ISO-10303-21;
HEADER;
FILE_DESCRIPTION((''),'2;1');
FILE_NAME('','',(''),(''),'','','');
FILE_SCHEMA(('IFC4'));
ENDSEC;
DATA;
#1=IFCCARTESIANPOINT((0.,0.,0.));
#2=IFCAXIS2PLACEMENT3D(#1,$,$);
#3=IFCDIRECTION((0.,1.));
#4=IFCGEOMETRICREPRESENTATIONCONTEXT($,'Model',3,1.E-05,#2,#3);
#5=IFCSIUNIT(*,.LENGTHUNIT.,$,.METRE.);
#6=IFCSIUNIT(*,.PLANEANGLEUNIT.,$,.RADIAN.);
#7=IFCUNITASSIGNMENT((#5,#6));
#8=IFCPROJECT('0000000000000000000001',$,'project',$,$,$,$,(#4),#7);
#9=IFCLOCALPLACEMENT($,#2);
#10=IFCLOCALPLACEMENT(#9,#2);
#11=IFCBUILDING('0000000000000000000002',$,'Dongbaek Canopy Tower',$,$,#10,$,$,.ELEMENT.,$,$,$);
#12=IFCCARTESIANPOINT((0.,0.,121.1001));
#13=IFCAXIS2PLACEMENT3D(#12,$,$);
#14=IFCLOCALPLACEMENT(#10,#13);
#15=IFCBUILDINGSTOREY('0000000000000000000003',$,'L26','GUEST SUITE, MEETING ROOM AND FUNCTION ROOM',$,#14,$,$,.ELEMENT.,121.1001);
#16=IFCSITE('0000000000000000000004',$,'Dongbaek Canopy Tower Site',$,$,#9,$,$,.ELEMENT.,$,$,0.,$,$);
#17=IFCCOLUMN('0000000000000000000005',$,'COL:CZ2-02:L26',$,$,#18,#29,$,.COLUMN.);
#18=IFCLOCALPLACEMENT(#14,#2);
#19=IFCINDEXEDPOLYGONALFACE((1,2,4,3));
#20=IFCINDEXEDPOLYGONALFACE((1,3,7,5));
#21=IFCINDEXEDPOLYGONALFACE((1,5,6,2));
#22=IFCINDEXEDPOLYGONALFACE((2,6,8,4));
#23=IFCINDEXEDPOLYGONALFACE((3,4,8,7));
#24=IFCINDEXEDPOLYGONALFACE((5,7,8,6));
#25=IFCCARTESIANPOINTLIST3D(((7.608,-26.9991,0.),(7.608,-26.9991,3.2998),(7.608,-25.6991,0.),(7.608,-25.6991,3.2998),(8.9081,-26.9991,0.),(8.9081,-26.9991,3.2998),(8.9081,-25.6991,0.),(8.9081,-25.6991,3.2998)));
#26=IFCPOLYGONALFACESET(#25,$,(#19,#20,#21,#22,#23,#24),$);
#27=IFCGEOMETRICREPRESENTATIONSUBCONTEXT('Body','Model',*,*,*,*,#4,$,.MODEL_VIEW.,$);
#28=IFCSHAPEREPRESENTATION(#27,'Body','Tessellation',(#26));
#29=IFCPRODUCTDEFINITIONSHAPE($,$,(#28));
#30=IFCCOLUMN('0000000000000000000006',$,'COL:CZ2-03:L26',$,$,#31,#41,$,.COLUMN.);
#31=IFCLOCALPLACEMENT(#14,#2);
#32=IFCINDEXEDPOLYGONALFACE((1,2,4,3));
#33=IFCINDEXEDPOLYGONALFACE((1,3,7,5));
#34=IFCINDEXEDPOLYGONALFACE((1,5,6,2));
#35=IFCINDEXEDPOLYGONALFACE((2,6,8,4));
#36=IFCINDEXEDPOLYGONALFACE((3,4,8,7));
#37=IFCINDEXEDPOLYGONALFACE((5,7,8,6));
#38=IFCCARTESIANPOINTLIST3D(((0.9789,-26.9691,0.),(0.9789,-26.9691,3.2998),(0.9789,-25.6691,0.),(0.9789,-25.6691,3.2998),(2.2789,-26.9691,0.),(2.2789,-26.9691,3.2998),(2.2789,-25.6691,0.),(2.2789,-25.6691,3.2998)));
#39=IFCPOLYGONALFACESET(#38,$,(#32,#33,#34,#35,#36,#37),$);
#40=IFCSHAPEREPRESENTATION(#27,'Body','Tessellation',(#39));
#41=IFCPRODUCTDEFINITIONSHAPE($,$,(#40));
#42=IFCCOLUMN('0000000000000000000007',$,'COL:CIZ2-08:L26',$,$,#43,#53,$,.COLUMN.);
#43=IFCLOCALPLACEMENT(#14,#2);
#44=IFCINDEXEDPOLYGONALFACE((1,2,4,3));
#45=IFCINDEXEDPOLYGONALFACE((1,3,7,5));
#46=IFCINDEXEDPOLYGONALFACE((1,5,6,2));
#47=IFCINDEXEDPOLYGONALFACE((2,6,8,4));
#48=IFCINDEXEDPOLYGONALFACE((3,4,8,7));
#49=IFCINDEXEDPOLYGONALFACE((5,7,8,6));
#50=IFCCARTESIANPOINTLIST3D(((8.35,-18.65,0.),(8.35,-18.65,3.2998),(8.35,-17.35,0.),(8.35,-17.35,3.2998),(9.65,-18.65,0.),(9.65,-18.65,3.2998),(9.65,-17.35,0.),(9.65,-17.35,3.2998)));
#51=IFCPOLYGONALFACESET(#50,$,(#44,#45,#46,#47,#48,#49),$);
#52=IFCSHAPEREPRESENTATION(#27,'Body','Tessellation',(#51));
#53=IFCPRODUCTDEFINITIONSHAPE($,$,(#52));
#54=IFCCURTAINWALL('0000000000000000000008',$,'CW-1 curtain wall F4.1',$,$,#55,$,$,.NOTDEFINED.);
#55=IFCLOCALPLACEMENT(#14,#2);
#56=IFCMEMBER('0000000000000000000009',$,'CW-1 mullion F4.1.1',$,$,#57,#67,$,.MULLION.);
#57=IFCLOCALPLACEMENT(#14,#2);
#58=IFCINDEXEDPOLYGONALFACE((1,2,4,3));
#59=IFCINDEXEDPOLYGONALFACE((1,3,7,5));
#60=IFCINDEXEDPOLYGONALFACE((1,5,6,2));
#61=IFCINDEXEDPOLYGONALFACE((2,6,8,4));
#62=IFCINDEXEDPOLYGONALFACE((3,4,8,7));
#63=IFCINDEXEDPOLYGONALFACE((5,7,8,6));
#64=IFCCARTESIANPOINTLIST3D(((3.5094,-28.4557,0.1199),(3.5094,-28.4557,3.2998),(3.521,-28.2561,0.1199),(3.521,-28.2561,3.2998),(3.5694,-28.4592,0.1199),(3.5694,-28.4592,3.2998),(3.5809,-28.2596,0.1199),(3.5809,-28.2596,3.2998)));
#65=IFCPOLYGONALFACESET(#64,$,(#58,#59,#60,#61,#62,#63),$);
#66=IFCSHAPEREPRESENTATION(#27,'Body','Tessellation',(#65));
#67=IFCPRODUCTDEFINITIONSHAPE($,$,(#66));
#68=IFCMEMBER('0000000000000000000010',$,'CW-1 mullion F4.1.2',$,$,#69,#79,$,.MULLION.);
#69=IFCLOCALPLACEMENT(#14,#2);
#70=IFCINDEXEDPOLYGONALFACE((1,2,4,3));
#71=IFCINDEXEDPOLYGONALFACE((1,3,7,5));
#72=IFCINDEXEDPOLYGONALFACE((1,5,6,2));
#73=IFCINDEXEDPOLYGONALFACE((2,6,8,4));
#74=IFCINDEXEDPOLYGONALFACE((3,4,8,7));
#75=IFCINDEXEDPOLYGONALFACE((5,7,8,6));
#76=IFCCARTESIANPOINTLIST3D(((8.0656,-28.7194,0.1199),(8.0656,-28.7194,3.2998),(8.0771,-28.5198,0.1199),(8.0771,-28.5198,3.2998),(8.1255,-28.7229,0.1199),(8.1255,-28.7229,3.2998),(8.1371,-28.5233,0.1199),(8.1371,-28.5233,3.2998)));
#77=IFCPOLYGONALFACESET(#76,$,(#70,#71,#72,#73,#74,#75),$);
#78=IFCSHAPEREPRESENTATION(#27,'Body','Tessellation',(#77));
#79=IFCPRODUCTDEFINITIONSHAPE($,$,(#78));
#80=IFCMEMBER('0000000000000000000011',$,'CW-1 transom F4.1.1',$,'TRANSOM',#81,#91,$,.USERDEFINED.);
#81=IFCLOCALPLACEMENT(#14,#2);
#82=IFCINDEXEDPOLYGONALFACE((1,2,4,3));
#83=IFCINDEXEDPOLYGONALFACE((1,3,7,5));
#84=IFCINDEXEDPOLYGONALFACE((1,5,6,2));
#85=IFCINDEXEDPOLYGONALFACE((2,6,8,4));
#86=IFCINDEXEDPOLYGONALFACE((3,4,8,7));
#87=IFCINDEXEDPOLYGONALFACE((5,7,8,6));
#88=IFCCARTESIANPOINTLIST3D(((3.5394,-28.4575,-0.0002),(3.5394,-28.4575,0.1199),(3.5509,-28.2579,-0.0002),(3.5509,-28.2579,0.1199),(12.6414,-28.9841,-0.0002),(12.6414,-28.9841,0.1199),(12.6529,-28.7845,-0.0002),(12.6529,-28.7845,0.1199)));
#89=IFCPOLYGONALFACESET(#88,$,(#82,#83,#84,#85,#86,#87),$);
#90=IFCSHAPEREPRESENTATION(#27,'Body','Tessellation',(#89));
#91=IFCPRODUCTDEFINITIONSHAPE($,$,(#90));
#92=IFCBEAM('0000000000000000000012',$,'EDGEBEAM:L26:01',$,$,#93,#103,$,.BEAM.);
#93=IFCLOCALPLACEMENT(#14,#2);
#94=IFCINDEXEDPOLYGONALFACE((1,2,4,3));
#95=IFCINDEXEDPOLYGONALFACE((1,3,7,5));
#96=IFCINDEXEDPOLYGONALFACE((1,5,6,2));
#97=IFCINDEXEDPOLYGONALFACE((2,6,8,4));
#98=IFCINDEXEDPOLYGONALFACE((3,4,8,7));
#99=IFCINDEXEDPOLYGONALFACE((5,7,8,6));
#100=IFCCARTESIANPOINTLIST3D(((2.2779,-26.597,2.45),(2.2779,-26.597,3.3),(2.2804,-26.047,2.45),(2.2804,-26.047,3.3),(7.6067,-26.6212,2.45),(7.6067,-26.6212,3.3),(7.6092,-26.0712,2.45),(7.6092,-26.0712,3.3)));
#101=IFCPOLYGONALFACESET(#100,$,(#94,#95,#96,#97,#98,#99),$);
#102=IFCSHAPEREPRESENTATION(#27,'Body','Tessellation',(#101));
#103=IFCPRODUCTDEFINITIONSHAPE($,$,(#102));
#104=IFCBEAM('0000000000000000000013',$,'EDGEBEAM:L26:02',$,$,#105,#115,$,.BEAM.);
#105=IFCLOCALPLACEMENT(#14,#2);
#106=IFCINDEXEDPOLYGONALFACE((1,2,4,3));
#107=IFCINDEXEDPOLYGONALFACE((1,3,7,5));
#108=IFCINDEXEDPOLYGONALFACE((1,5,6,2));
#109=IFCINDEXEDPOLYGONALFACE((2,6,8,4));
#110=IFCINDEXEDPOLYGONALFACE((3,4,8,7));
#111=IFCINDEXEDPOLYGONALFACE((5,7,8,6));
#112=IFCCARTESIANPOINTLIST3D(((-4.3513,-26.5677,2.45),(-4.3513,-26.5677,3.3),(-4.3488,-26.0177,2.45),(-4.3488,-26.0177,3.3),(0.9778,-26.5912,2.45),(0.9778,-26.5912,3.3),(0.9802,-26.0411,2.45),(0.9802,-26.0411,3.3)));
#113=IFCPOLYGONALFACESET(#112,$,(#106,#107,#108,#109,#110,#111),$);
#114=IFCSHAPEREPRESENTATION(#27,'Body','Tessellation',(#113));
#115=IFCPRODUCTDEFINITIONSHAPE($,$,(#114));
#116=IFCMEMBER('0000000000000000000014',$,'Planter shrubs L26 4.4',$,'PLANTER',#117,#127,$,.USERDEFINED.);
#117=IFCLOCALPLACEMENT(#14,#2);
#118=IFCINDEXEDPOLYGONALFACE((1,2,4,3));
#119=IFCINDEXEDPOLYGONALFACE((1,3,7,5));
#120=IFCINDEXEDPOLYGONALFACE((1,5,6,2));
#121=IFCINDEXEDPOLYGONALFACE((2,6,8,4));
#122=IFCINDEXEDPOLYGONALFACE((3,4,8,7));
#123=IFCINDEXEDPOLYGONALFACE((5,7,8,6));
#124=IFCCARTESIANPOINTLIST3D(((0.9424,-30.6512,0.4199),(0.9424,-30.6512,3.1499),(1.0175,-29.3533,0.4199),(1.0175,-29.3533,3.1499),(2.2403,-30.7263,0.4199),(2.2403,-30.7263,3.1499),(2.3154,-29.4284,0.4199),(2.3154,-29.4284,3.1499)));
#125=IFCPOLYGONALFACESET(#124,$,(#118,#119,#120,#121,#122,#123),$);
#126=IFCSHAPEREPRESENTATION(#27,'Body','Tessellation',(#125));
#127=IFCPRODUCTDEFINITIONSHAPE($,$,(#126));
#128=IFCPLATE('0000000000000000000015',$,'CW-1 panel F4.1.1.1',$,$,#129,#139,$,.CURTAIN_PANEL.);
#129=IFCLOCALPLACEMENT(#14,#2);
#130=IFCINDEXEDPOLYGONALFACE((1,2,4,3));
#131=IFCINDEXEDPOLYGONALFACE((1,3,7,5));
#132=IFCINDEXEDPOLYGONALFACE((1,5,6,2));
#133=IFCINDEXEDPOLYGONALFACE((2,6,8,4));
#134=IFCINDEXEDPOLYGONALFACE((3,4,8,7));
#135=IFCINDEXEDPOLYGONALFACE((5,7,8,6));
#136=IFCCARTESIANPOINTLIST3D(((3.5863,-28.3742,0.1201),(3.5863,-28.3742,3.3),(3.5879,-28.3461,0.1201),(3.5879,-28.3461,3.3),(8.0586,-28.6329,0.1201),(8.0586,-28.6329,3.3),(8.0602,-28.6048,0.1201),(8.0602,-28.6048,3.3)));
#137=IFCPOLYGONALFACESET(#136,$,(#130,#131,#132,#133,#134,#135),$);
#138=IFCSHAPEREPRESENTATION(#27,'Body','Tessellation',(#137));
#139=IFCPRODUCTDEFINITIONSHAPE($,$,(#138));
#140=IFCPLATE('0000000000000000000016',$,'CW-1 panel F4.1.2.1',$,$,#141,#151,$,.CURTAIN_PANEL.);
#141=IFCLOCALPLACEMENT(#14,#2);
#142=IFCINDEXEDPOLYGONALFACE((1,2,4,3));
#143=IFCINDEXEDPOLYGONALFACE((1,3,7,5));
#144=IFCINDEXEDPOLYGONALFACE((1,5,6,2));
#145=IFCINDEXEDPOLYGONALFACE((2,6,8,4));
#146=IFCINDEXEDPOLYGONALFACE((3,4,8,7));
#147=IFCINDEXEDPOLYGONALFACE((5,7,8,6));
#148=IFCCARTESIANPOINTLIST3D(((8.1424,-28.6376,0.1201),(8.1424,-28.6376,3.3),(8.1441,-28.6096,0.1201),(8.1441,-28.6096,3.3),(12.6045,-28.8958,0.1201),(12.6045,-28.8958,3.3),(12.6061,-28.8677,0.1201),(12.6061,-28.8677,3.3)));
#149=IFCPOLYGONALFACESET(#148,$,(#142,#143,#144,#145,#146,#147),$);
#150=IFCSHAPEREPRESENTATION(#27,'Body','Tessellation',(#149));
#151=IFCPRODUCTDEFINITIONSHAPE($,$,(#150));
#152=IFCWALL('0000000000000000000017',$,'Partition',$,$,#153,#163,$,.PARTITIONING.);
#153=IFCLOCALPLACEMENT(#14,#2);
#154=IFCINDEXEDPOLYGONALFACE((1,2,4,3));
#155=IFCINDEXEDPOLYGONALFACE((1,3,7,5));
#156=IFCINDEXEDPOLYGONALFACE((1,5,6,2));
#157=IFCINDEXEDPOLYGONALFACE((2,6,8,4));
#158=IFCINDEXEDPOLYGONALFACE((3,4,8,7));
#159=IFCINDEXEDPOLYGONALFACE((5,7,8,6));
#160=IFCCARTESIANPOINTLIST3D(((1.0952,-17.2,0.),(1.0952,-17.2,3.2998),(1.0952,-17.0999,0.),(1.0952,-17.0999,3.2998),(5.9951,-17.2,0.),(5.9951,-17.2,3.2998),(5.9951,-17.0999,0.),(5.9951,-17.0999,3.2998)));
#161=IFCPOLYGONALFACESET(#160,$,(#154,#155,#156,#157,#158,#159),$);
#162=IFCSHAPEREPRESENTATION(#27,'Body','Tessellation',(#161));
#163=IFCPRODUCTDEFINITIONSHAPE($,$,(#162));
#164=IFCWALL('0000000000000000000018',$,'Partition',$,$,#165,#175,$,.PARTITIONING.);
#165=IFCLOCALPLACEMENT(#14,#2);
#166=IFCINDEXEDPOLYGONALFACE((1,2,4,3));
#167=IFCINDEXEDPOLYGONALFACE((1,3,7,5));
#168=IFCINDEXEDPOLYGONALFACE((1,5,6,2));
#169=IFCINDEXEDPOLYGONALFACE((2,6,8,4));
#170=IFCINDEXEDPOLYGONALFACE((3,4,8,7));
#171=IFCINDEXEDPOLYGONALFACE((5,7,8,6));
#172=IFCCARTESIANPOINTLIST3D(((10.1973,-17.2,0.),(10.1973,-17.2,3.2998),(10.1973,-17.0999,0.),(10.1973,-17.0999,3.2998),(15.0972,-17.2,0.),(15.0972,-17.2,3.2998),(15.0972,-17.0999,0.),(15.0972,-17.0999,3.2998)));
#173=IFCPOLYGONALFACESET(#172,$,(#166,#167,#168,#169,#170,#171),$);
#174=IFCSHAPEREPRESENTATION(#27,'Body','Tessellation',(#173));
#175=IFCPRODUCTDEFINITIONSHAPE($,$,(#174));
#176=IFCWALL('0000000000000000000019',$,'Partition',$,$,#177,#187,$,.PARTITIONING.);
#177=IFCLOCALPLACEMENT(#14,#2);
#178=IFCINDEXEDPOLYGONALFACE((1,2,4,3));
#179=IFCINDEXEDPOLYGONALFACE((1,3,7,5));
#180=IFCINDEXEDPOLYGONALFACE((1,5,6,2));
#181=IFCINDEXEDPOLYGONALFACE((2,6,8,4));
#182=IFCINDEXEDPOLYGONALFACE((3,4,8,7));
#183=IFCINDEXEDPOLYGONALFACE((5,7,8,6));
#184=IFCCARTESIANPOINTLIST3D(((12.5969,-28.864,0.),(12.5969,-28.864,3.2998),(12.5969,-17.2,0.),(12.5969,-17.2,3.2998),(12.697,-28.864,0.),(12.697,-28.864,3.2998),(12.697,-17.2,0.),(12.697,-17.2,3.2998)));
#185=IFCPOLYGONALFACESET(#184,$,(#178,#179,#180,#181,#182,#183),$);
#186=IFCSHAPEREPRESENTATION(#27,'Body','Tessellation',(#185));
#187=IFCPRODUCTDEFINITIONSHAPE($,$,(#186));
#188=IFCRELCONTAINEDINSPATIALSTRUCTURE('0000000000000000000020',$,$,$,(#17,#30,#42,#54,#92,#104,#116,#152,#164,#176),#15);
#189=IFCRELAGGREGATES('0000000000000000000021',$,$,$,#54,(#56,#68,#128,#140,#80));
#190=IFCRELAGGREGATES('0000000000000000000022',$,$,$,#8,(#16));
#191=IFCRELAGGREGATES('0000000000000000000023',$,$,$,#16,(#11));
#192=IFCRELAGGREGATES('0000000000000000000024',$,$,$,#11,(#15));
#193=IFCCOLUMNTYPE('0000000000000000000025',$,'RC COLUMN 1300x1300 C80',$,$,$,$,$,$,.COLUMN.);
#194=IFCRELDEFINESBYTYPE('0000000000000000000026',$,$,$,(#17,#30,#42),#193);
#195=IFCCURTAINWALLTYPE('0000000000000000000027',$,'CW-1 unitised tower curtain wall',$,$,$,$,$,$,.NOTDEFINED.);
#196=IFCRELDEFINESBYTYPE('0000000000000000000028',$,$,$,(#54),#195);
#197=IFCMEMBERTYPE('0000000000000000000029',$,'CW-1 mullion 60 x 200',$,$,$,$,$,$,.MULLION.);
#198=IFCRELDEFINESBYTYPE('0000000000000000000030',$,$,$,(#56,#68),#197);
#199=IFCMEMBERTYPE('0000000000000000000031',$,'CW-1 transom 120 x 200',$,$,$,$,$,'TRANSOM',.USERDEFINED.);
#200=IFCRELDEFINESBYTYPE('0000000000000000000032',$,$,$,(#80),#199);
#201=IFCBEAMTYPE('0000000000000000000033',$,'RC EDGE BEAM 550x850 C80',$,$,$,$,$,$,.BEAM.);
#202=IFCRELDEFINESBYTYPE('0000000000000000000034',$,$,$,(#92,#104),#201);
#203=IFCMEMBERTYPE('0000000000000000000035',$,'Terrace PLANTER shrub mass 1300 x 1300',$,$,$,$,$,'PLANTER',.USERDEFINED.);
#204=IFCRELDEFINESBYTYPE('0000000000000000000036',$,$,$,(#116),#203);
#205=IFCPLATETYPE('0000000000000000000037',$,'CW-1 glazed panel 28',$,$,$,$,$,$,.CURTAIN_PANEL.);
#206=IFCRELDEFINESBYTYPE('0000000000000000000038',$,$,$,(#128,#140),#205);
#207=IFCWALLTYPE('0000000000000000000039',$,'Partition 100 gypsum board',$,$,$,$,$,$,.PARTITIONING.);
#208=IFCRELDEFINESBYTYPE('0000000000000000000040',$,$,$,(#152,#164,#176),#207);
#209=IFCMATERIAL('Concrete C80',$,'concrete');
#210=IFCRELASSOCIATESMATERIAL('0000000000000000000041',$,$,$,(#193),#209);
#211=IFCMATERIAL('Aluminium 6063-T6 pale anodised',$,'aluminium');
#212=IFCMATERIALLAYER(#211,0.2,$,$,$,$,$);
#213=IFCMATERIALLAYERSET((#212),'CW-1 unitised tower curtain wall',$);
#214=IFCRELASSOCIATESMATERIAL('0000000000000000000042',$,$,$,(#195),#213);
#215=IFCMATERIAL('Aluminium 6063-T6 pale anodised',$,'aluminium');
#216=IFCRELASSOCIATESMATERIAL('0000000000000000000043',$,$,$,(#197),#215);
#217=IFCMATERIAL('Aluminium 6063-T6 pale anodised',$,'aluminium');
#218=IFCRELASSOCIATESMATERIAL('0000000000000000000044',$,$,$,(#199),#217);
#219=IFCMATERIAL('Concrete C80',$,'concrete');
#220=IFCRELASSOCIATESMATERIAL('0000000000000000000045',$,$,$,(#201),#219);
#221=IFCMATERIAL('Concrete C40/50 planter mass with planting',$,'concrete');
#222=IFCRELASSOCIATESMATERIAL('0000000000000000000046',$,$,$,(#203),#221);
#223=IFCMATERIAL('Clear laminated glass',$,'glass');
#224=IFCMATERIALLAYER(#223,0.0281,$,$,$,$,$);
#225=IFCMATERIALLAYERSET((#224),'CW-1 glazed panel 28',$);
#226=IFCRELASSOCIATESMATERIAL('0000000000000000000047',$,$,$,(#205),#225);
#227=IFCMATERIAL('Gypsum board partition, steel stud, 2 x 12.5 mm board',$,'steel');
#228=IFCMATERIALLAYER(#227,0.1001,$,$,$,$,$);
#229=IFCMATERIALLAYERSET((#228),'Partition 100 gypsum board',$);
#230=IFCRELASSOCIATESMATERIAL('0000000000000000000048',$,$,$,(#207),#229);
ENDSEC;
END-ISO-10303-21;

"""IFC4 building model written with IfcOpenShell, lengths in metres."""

from ifc_helpers import new_model, si_unit, direction, frame, frame_2d, origin, origin_2d, place, context, subcontext, project, spatial, rectangle, extrude, material, layer, layer_set, material_profile, profile_set, type_object, element, aggregate, save


model = new_model("IFC4")

# Units and contexts
model_context = context("Model", 3, precision=1e-05, world=origin(), true_north=direction((0.0, 1.0)))
body_context = subcontext(model_context, "Body", "Model", "MODEL_VIEW")
ifc_project = project(units=[si_unit("LENGTHUNIT", "METRE"), si_unit("PLANEANGLEUNIT", "RADIAN")], contexts=[model_context])

# Site, building, storey
site_placement = place(None, origin())
site = spatial("IfcSite", under=ifc_project, at=site_placement, Name="Dongbaek Canopy Tower Site", CompositionType="ELEMENT", RefElevation=0.0)
building_placement = place(site_placement, origin())
building = spatial("IfcBuilding", under=site, at=building_placement, Name="Dongbaek Canopy Tower", CompositionType="ELEMENT")
storey_placement = place(building_placement, frame((0.0, 0.0, 121.1001)))
storey = spatial("IfcBuildingStorey", under=building, at=storey_placement, Name="L26", Description="GUEST SUITE, MEETING ROOM AND FUNCTION ROOM", CompositionType="ELEMENT", Elevation=121.1001)

# Columns
ifc_material_1 = material(Name="Concrete C80", Category="concrete")
ifc_material_profile_1 = material_profile(ifc_material_1, rectangle(XDim=1.3, YDim=1.3, at=origin_2d()), Name="RC COLUMN 1300x1300 C80")
ifc_profile_set_1 = profile_set([ifc_material_profile_1], Name="Concrete C80")
column_type = type_object("IfcColumnType", Name="RC COLUMN 1300x1300 C80", PredefinedType="COLUMN", material=ifc_profile_set_1)
for number, where, z_axis, x_axis, name in (
    (1, (8.2581, -26.3491, 0.0), (0.0, 0.0, 1.0), (1.0, 0.0, 0.0), "COL:CZ2-02:L26"),
    (2, (1.6289, -26.3191, 0.0), (0.0, 0.0, 1.0), (1.0, 0.0, 0.0), "COL:CZ2-03:L26"),
    (3, (9.0, -18.0, 0.0), (0.0, 0.0, 1.0), (1.0, 0.0, 0.0), "COL:CIZ2-08:L26"),
):
    element("IfcColumn", number, at=place(storey_placement, frame(where, z_axis=z_axis, x_axis=x_axis)), inside=storey, type_object=column_type, Name=name, PredefinedType="COLUMN", context=body_context, shape_type="SweptSolid", body=[
        extrude(rectangle(XDim=1.3, YDim=1.3, at=origin_2d()), origin(), (0.0, 0.0, 1.0), 3.2998),
    ])

# Curtain wall, members
ifc_material_2 = material(Name="Aluminium 6063-T6 pale anodised", Category="aluminium")
ifc_layer_1 = layer(ifc_material_2, 0.2)
ifc_layer_set_1 = layer_set([ifc_layer_1], Name="CW-1 unitised tower curtain wall")
curtain_wall_type = type_object("IfcCurtainWallType", Name="CW-1 unitised tower curtain wall", PredefinedType="NOTDEFINED", material=ifc_layer_set_1)
curtain_wall_placement = place(storey_placement, origin())
curtain_wall = element("IfcCurtainWall", 4, at=curtain_wall_placement, inside=storey, type_object=curtain_wall_type, Name="CW-1 curtain wall F4.1", PredefinedType="NOTDEFINED")
ifc_material_3 = material(Name="Aluminium 6063-T6 pale anodised", Category="aluminium")
ifc_material_profile_2 = material_profile(ifc_material_3, rectangle(XDim=0.2, YDim=0.0601, at=origin_2d()), Name="CW-1 mullion 60 x 200")
ifc_profile_set_2 = profile_set([ifc_material_profile_2], Name="Aluminium 6063-T6 pale anodised")
member_type_1 = type_object("IfcMemberType", Name="CW-1 mullion 60 x 200", PredefinedType="MULLION", material=ifc_profile_set_2)
member_1_placement = place(storey_placement, frame((3.5452, -28.3577, 0.1199), z_axis=(0.0, 0.0, 1.0), x_axis=(-0.057753, -0.998331, 0.0)))
member_1 = element("IfcMember", 5, at=member_1_placement, type_object=member_type_1, Name="CW-1 mullion F4.1.1", PredefinedType="MULLION", context=body_context, shape_type="SweptSolid", body=[
    extrude(rectangle(XDim=0.2, YDim=0.0601, at=origin_2d()), origin(), (0.0, 0.0, 1.0), 3.1799),
])
member_2_placement = place(storey_placement, frame((8.1013, -28.6213, 0.1199), z_axis=(0.0, 0.0, 1.0), x_axis=(-0.057753, -0.998331, 0.0)))
member_2 = element("IfcMember", 6, at=member_2_placement, type_object=member_type_1, Name="CW-1 mullion F4.1.2", PredefinedType="MULLION", context=body_context, shape_type="SweptSolid", body=[
    extrude(rectangle(XDim=0.2, YDim=0.0601, at=origin_2d()), origin(), (0.0, 0.0, 1.0), 3.1799),
])
ifc_material_4 = material(Name="Aluminium 6063-T6 pale anodised", Category="aluminium")
ifc_material_profile_3 = material_profile(ifc_material_4, rectangle(XDim=0.2, YDim=0.1201, at=origin_2d()), Name="CW-1 transom 120 x 200")
ifc_profile_set_3 = profile_set([ifc_material_profile_3], Name="Aluminium 6063-T6 pale anodised")
member_type_2 = type_object("IfcMemberType", Name="CW-1 transom 120 x 200", ElementType="TRANSOM", PredefinedType="USERDEFINED", material=ifc_profile_set_3)
member_3_placement = place(storey_placement, frame((3.5452, -28.3577, 0.0598), z_axis=(0.998331, -0.05776, 0.0), x_axis=(0.05776, 0.998331, 0.0)))
member_3 = element("IfcMember", 7, at=member_3_placement, type_object=member_type_2, Name="CW-1 transom F4.1.1", ObjectType="TRANSOM", PredefinedType="USERDEFINED", context=body_context, shape_type="SweptSolid", body=[
    extrude(rectangle(XDim=0.2, YDim=0.1201, at=origin_2d()), origin(), (0.0, 0.0, 1.0), 9.1172),
])

# Beams
ifc_material_5 = material(Name="Concrete C80", Category="concrete")
ifc_material_profile_4 = material_profile(ifc_material_5, rectangle(XDim=0.55, YDim=0.8501, at=origin_2d()), Name="RC EDGE BEAM 550x850 C80")
ifc_profile_set_4 = profile_set([ifc_material_profile_4], Name="Concrete C80")
beam_type = type_object("IfcBeamType", Name="RC EDGE BEAM 550x850 C80", PredefinedType="BEAM", material=ifc_profile_set_4)
beam_1_placement = place(storey_placement, frame((7.6079, -26.3462, 2.875), z_axis=(-0.99999, 0.004536, 0.0), x_axis=(-0.004536, -0.99999, 0.0)))
element("IfcBeam", 8, at=beam_1_placement, inside=storey, type_object=beam_type, Name="EDGEBEAM:L26:01", PredefinedType="BEAM", context=body_context, shape_type="SweptSolid", body=[
    extrude(rectangle(XDim=0.55, YDim=0.8501, at=origin_2d()), origin(), (0.0, 0.0, 1.0), 5.3289),
])
beam_2_placement = place(storey_placement, frame((0.979, -26.3162, 2.875), z_axis=(-0.99999, 0.004398, 0.0), x_axis=(-0.004398, -0.99999, 0.0)))
element("IfcBeam", 9, at=beam_2_placement, inside=storey, type_object=beam_type, Name="EDGEBEAM:L26:02", PredefinedType="BEAM", context=body_context, shape_type="SweptSolid", body=[
    extrude(rectangle(XDim=0.55, YDim=0.8501, at=origin_2d()), origin(), (0.0, 0.0, 1.0), 5.3291),
])

# Member
ifc_material_6 = material(Name="Concrete C40/50 planter mass with planting", Category="concrete")
ifc_material_profile_5 = material_profile(ifc_material_6, rectangle(XDim=1.3, YDim=1.3, at=origin_2d()), Name="Terrace PLANTER shrub mass 1300 x 1300")
ifc_profile_set_5 = profile_set([ifc_material_profile_5], Name="Concrete C40/50 planter mass with planting")
member_type_3 = type_object("IfcMemberType", Name="Terrace PLANTER shrub mass 1300 x 1300", ElementType="PLANTER", PredefinedType="USERDEFINED", material=ifc_profile_set_5)
member_4_placement = place(storey_placement, frame((1.6289, -30.0398, 0.4199), z_axis=(0.0, 0.0, 1.0), x_axis=(-0.057753, -0.998331, 0.0)))
element("IfcMember", 10, at=member_4_placement, inside=storey, type_object=member_type_3, Name="Planter shrubs L26 4.4", ObjectType="PLANTER", PredefinedType="USERDEFINED", context=body_context, shape_type="SweptSolid", body=[
    extrude(rectangle(XDim=1.3, YDim=1.3, at=origin_2d()), origin(), (0.0, 0.0, 1.0), 2.73),
])

# Plates
ifc_material_7 = material(Name="Clear laminated glass", Category="glass")
ifc_layer_2 = layer(ifc_material_7, 0.0281)
ifc_layer_set_2 = layer_set([ifc_layer_2], Name="CW-1 glazed panel 28")
plate_type = type_object("IfcPlateType", Name="CW-1 glazed panel 28", PredefinedType="CURTAIN_PANEL", material=ifc_layer_set_2)
plate_1_placement = place(storey_placement, frame((5.8232, -28.4895, 0.1201), z_axis=(0.0, 0.0, 1.0), x_axis=(0.998331, -0.057753, 0.0)))
plate_1 = element("IfcPlate", 11, at=plate_1_placement, type_object=plate_type, Name="CW-1 panel F4.1.1.1", PredefinedType="CURTAIN_PANEL", context=body_context, shape_type="SweptSolid", body=[
    extrude(rectangle(XDim=4.4797, YDim=0.0281, at=origin_2d()), origin(), (0.0, 0.0, 1.0), 3.1799),
])
plate_2_placement = place(storey_placement, frame((10.3743, -28.7527, 0.1201), z_axis=(0.0, 0.0, 1.0), x_axis=(0.998331, -0.057753, 0.0)))
plate_2 = element("IfcPlate", 12, at=plate_2_placement, type_object=plate_type, Name="CW-1 panel F4.1.2.1", PredefinedType="CURTAIN_PANEL", context=body_context, shape_type="SweptSolid", body=[
    extrude(rectangle(XDim=4.4695, YDim=0.0281, at=origin_2d()), origin(), (0.0, 0.0, 1.0), 3.1799),
])

# Walls
ifc_material_8 = material(Name="Gypsum board partition, steel stud, 2 x 12.5 mm board", Category="steel")
ifc_layer_3 = layer(ifc_material_8, 0.1001)
ifc_layer_set_3 = layer_set([ifc_layer_3], Name="Partition 100 gypsum board")
wall_type = type_object("IfcWallType", Name="Partition 100 gypsum board", PredefinedType="PARTITIONING", material=ifc_layer_set_3)
for number, where, z_axis, x_axis, name in (
    (13, (1.0952, -17.1499, 0.0), (0.0, 0.0, 1.0), (1.0, 0.0, 0.0), "Partition"),
    (14, (10.1973, -17.1499, 0.0), (0.0, 0.0, 1.0), (1.0, 0.0, 0.0), "Partition"),
):
    element("IfcWall", number, at=place(storey_placement, frame(where, z_axis=z_axis, x_axis=x_axis)), inside=storey, type_object=wall_type, Name=name, PredefinedType="PARTITIONING", context=body_context, shape_type="SweptSolid", body=[
        extrude(rectangle(XDim=4.8999, YDim=0.1001, at=frame_2d((2.45, 0.0))), origin(), (0.0, 0.0, 1.0), 3.2998),
    ])
wall_1_placement = place(storey_placement, frame((12.647, -28.864, 0.0), z_axis=(0.0, 0.0, 1.0), x_axis=(0.0, 1.0, 0.0)))
element("IfcWall", 15, at=wall_1_placement, inside=storey, type_object=wall_type, Name="Partition", PredefinedType="PARTITIONING", context=body_context, shape_type="SweptSolid", body=[
    extrude(rectangle(XDim=11.6641, YDim=0.1001, at=frame_2d((5.832, 0.0))), origin(), (0.0, 0.0, 1.0), 3.2998),
])

aggregate(curtain_wall, [member_1, member_2, plate_1, plate_2, member_3])

save(model, "model.ifc")
